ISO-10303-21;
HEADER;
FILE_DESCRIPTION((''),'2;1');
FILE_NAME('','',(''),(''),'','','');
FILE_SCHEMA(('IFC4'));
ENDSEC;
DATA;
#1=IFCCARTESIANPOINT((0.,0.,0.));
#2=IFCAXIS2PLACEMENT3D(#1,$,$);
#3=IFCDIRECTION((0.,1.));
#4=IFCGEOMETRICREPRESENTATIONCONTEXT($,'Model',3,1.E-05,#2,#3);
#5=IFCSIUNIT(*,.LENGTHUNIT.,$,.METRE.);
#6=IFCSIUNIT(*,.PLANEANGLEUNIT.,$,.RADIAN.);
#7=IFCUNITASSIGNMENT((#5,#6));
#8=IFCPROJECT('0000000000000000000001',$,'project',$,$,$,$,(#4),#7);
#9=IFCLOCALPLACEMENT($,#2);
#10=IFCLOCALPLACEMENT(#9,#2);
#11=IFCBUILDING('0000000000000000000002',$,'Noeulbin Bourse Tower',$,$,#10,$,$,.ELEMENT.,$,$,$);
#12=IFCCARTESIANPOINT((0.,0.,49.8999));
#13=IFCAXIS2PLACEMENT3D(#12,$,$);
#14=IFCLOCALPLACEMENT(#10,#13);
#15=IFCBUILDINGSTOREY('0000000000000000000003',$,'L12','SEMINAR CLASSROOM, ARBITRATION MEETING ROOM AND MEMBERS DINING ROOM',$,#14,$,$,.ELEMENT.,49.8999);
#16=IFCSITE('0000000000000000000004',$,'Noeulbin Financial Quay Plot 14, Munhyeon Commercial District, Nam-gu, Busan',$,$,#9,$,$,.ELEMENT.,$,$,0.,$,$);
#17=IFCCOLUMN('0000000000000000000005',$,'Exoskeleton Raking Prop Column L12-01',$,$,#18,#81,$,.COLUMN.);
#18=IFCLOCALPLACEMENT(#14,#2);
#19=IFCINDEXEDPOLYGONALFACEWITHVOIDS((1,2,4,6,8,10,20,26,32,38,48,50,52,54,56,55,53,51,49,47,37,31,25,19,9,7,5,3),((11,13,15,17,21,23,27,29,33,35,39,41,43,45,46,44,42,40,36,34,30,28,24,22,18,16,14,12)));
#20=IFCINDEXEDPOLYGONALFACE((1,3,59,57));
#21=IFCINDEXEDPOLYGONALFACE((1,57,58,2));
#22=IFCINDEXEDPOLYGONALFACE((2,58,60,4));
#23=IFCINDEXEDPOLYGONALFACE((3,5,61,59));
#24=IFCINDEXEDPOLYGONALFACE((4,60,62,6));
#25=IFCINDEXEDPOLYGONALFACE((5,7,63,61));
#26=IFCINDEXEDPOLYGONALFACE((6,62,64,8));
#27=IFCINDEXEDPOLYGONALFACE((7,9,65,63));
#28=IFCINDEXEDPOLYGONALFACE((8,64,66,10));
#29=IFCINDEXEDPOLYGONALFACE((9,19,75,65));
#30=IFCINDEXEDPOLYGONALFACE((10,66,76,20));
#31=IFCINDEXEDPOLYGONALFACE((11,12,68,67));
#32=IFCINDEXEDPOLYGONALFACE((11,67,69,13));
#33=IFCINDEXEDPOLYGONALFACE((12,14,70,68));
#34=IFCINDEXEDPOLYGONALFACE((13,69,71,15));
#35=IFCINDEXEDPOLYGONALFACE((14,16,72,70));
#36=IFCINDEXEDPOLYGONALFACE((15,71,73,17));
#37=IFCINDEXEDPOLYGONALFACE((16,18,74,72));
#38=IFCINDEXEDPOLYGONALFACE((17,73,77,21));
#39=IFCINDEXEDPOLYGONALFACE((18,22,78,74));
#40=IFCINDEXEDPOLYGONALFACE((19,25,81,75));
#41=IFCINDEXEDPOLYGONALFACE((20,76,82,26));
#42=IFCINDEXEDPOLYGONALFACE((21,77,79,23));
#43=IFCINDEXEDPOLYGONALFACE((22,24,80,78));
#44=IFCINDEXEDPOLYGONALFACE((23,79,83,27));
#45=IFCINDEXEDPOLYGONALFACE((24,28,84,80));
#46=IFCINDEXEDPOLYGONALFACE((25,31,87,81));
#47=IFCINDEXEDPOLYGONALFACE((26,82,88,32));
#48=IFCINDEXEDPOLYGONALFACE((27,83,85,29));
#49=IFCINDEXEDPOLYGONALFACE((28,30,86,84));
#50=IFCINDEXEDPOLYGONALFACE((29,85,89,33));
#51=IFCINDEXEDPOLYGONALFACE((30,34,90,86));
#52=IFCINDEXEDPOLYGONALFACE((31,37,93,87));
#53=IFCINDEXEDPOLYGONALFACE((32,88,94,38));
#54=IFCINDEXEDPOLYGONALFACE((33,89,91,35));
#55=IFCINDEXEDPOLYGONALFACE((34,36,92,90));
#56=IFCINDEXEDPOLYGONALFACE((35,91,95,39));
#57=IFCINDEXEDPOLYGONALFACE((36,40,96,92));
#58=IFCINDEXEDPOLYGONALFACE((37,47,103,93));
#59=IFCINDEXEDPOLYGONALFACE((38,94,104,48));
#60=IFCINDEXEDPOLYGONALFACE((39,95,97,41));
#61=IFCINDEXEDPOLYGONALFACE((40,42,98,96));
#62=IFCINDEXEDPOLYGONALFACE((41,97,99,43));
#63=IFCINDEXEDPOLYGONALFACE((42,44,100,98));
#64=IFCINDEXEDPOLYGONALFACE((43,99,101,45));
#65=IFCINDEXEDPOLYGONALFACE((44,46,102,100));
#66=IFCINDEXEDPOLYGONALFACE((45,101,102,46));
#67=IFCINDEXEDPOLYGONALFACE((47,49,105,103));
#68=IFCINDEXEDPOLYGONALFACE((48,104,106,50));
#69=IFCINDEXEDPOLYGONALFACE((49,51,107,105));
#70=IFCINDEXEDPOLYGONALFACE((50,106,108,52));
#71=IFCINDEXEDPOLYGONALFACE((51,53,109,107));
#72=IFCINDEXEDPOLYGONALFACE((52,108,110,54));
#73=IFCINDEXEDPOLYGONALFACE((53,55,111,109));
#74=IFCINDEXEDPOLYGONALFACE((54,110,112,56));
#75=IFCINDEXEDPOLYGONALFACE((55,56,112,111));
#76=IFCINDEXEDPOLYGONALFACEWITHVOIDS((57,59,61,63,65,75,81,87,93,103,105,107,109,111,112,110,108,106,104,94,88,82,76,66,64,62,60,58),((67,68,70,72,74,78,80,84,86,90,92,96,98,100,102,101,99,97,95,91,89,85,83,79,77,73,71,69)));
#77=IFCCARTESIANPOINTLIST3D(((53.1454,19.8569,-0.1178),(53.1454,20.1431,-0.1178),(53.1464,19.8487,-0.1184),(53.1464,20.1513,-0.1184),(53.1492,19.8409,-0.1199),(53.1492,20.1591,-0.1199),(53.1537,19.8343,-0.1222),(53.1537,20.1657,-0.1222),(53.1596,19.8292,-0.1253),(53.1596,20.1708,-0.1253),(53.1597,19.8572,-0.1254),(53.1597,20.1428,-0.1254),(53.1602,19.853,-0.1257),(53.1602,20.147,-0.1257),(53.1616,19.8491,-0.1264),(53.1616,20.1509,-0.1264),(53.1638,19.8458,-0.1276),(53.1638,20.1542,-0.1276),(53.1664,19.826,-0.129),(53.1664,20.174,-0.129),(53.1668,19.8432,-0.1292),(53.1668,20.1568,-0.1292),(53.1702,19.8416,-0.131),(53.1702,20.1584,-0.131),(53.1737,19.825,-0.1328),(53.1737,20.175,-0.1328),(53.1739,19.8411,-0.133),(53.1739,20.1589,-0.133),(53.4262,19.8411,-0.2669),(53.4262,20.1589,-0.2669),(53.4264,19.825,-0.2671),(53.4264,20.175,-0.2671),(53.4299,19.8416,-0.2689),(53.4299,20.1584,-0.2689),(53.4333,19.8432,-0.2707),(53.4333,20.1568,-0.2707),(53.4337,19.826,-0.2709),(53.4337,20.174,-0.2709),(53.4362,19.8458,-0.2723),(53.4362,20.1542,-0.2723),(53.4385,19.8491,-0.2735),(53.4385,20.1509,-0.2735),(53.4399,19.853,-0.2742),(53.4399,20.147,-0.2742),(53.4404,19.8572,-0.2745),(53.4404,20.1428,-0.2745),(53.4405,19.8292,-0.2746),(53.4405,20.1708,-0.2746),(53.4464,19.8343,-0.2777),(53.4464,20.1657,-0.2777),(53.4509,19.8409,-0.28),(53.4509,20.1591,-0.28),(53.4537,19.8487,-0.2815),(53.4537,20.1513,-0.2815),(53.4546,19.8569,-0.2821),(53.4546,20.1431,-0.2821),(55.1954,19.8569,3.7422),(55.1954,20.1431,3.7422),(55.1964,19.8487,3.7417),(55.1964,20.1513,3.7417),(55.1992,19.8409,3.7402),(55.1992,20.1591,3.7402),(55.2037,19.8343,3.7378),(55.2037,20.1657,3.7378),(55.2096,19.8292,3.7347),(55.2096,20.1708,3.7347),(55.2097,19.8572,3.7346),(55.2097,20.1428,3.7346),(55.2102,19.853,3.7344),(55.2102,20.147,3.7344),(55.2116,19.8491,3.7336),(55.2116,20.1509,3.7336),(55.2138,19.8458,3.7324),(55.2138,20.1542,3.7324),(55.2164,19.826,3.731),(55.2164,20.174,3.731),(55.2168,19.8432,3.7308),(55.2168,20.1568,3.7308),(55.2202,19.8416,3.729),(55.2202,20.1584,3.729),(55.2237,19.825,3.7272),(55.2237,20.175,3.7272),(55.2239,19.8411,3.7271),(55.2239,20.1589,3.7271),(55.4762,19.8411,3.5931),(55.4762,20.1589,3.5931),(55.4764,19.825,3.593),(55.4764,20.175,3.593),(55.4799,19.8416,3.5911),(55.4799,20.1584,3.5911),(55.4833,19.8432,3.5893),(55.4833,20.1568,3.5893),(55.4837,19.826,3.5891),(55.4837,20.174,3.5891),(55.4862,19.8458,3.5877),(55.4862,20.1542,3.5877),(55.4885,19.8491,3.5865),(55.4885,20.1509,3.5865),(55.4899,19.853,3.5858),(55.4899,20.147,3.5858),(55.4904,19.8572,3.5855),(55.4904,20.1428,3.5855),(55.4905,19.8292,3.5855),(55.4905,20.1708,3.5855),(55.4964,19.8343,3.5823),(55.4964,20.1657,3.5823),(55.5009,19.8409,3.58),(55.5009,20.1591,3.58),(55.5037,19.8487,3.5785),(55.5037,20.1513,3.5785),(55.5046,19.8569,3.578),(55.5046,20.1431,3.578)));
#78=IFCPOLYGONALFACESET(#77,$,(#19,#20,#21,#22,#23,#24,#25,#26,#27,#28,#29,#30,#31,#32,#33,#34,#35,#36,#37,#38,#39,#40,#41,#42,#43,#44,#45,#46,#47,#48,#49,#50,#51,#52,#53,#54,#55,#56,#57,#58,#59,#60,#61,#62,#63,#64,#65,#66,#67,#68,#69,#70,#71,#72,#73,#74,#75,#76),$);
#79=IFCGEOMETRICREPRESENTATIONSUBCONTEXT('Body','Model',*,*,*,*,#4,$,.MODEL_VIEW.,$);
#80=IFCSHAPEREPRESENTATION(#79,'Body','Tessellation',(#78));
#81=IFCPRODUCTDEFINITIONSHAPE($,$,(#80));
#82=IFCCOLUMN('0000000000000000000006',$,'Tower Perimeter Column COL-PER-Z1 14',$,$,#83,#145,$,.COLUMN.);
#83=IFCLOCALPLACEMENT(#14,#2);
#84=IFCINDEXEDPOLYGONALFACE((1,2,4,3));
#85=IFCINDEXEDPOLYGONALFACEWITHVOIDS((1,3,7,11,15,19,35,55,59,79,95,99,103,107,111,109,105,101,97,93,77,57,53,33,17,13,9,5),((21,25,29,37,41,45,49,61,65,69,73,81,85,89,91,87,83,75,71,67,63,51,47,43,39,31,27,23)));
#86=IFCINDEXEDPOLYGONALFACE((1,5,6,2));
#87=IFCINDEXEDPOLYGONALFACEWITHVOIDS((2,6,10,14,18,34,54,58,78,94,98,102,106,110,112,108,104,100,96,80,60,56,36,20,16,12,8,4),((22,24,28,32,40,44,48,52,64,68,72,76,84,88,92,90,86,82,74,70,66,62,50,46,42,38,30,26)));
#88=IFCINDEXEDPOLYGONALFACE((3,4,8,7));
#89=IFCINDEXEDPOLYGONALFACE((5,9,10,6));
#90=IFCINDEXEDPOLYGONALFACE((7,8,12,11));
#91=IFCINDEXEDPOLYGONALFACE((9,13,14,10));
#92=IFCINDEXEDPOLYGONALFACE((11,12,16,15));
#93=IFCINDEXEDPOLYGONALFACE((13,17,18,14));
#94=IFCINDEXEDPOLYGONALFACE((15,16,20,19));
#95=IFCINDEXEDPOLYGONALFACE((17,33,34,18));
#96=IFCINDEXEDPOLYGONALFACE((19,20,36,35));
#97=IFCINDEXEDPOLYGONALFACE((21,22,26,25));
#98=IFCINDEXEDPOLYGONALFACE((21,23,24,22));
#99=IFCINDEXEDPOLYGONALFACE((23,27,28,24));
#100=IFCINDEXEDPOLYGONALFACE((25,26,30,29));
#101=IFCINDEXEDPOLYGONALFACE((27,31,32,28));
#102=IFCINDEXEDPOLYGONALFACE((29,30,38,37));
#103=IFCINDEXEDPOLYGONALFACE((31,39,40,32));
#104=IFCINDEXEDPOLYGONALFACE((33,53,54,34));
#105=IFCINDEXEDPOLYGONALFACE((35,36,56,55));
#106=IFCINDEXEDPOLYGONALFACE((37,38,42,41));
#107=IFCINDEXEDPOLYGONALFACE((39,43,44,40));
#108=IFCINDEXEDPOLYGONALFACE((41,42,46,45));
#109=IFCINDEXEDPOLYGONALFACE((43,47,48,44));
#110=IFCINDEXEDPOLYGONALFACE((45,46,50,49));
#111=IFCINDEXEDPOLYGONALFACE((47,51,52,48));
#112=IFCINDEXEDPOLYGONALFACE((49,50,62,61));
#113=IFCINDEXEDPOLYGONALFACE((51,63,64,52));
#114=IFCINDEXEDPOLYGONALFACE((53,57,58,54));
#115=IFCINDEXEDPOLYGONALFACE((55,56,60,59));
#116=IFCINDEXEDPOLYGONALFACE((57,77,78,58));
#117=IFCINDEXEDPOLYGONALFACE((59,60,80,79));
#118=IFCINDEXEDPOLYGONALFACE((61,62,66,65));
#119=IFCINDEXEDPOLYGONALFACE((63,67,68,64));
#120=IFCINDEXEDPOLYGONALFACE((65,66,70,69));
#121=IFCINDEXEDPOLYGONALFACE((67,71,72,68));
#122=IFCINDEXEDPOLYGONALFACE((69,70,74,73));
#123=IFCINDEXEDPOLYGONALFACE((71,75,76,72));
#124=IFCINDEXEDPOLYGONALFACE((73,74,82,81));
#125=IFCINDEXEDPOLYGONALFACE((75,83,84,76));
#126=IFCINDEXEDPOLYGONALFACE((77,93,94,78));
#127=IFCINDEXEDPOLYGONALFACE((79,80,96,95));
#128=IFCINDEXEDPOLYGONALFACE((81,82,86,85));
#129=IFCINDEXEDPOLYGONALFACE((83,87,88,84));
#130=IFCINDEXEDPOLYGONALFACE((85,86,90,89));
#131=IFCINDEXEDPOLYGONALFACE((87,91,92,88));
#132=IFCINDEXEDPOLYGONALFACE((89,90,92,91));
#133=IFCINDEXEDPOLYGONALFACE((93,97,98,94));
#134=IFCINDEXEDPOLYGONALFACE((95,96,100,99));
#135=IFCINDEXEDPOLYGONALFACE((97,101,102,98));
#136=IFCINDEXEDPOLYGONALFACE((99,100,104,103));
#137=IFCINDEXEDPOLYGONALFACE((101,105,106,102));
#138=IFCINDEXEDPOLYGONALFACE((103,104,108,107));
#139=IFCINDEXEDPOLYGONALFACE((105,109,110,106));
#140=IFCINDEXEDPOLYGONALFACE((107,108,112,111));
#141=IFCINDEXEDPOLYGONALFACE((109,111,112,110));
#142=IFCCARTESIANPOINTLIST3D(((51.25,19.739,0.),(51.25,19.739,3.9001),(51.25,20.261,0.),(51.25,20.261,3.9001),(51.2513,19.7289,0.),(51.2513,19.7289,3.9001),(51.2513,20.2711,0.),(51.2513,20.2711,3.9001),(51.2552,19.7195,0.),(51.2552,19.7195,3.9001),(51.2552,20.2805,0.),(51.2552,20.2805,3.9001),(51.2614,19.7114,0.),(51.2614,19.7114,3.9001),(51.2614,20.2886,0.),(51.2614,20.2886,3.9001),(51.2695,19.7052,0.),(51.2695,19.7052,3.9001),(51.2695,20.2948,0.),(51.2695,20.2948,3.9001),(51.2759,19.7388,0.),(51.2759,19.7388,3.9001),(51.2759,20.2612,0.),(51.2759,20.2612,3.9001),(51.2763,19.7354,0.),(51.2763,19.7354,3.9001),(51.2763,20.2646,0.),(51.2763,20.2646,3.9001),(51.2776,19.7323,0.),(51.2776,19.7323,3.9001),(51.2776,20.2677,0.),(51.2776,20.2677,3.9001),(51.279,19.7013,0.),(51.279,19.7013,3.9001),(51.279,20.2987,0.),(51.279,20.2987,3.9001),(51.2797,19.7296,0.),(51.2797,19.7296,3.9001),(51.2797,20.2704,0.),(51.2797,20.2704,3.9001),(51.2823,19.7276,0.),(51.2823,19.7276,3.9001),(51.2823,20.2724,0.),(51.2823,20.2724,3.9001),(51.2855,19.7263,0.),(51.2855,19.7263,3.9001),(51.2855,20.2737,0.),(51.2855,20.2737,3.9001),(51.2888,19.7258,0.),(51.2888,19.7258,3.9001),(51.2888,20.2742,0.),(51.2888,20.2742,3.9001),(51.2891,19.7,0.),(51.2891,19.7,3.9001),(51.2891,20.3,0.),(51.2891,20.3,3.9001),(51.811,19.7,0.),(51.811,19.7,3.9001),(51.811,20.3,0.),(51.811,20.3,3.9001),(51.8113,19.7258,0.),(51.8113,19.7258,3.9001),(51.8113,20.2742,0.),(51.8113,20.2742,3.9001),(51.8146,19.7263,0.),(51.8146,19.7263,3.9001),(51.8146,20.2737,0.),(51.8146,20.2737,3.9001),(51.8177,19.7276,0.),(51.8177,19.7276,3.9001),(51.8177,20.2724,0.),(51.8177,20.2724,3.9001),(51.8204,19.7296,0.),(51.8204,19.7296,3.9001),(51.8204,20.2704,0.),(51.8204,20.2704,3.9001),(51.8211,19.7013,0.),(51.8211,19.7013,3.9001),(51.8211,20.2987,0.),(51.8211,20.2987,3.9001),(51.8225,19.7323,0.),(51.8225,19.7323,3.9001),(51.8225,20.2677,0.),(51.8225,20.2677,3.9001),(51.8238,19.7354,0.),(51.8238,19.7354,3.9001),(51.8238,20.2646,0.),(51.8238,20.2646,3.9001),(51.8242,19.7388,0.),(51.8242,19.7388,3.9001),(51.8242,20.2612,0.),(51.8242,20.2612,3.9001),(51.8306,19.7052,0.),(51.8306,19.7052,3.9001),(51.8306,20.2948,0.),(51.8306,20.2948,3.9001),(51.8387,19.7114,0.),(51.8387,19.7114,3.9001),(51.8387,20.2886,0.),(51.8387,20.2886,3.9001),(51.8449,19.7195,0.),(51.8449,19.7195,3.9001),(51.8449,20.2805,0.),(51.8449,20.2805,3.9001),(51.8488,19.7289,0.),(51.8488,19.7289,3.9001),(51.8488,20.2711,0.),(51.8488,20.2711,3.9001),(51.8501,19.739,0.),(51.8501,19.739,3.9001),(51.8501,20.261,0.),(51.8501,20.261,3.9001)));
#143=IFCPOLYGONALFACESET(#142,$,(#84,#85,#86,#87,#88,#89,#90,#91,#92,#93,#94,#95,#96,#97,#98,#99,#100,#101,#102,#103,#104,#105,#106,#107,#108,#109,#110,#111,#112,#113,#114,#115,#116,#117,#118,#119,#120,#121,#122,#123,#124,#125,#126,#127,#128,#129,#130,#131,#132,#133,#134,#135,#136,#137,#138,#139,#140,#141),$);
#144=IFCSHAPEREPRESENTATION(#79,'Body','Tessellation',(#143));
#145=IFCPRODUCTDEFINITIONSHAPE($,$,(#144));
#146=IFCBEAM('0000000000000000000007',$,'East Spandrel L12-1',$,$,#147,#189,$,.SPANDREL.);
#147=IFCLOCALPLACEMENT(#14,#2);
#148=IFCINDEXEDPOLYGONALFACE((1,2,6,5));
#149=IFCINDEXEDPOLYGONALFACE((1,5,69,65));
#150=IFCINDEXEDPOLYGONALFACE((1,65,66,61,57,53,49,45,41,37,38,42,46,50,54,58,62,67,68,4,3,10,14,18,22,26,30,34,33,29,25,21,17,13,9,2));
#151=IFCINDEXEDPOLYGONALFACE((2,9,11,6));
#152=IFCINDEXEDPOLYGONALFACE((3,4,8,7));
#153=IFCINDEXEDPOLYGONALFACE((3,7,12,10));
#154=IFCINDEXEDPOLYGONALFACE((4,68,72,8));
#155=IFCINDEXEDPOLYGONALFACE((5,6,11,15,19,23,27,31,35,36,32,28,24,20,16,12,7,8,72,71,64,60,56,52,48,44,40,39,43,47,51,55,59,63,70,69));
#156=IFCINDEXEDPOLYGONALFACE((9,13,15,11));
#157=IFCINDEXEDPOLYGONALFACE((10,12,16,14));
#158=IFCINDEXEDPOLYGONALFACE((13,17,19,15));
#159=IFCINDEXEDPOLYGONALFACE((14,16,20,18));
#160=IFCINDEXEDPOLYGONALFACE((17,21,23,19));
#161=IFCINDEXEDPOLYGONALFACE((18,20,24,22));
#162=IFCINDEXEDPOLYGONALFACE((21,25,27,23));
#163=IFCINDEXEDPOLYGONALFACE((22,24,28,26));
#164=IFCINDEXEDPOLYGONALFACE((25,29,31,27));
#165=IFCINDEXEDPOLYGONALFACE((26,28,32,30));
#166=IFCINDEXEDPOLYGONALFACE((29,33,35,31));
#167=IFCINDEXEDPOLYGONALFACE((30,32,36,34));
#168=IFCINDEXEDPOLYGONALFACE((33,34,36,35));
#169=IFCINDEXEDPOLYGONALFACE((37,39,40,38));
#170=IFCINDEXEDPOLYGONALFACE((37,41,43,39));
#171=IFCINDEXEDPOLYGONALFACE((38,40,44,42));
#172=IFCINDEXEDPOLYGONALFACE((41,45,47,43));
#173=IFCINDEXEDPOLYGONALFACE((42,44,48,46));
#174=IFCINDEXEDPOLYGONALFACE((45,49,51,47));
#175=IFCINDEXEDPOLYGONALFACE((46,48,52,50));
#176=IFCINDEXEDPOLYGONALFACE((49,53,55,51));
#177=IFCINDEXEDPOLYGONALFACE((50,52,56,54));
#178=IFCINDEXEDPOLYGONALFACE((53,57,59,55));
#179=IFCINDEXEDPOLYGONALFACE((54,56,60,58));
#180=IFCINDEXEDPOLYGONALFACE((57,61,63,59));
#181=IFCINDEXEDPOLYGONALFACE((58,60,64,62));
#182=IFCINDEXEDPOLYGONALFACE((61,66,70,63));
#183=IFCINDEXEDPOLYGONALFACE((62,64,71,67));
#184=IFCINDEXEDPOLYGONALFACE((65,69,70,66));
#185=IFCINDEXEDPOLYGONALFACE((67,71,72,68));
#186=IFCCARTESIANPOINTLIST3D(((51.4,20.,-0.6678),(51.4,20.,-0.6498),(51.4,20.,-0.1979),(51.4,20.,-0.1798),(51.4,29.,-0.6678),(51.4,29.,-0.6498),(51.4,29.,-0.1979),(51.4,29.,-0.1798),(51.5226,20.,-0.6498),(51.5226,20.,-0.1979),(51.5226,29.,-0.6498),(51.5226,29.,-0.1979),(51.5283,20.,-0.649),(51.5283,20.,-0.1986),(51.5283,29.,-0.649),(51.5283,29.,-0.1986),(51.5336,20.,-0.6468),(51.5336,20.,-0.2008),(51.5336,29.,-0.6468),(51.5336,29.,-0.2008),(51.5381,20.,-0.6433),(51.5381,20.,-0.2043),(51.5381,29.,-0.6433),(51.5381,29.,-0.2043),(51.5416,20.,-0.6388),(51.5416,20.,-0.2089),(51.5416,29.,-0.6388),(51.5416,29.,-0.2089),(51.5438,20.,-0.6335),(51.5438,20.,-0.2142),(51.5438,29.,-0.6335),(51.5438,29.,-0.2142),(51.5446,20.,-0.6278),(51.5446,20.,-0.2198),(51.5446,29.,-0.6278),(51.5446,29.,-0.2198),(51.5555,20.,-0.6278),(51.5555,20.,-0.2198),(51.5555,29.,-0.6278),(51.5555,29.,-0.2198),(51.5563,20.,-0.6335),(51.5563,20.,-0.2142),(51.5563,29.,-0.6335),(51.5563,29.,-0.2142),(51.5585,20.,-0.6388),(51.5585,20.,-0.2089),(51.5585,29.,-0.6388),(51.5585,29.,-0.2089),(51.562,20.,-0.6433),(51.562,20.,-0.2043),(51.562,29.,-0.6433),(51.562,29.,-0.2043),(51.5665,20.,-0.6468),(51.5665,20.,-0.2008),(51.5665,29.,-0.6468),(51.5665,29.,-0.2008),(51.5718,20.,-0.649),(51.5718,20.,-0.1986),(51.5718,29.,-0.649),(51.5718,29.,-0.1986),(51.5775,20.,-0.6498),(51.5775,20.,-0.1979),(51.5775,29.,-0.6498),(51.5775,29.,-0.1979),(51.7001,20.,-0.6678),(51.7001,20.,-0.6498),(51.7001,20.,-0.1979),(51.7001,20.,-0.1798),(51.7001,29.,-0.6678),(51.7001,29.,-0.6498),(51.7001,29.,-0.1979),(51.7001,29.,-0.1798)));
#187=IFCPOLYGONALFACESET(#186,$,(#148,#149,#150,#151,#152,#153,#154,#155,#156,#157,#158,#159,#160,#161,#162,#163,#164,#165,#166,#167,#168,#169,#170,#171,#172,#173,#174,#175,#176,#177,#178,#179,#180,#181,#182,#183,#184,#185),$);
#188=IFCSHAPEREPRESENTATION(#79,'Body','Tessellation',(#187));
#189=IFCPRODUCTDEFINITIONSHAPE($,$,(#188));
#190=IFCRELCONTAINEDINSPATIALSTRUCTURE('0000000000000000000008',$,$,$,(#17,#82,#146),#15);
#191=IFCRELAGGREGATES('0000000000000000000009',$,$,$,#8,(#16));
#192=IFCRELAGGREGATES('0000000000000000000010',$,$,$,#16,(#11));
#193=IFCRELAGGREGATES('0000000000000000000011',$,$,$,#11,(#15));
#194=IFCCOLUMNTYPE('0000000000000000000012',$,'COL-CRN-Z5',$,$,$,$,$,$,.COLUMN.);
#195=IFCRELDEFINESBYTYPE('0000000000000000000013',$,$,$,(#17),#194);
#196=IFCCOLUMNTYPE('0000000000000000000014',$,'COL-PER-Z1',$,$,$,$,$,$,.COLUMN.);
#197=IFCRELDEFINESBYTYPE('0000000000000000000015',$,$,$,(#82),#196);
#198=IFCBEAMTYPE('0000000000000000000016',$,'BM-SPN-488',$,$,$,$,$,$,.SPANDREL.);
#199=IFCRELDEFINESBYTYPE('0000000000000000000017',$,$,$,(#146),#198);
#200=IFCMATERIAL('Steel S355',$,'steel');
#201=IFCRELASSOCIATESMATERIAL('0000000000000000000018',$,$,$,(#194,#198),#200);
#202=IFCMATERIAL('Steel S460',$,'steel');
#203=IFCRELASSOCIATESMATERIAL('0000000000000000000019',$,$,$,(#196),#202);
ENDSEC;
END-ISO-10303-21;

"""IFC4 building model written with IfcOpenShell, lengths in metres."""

from ifc_helpers import new_model, si_unit, direction, frame, origin, origin_2d, place, context, subcontext, project, spatial, hollow_rectangle, i_section, extrude, material, material_profile, profile_set, type_object, element, save


model = new_model("IFC4")

# Units and contexts
model_context = context("Model", 3, precision=1e-05, world=origin(), true_north=direction((0.0, 1.0)))
body_context = subcontext(model_context, "Body", "Model", "MODEL_VIEW")
ifc_project = project(units=[si_unit("LENGTHUNIT", "METRE"), si_unit("PLANEANGLEUNIT", "RADIAN")], contexts=[model_context])

# Site, building, storey
site_placement = place(None, origin())
site = spatial("IfcSite", under=ifc_project, at=site_placement, Name="Noeulbin Financial Quay Plot 14, Munhyeon Commercial District, Nam-gu, Busan", CompositionType="ELEMENT", RefElevation=0.0)
building_placement = place(site_placement, origin())
building = spatial("IfcBuilding", under=site, at=building_placement, Name="Noeulbin Bourse Tower", CompositionType="ELEMENT")
storey_placement = place(building_placement, frame((0.0, 0.0, 49.8999)))
storey = spatial("IfcBuildingStorey", under=building, at=storey_placement, Name="L12", Description="SEMINAR CLASSROOM, ARBITRATION MEETING ROOM AND MEMBERS DINING ROOM", CompositionType="ELEMENT", Elevation=49.8999)

# Columns
ifc_material_1 = material(Name="Steel S355", Category="steel")
ifc_material_profile_1 = material_profile(ifc_material_1, hollow_rectangle(XDim=0.3501, YDim=0.3501, WallThickness=0.0161, InnerFilletRadius=0.0161, OuterFilletRadius=0.032, at=origin_2d()), Name="SHS-350x350x16", Category="LoadBearing")
ifc_profile_set_1 = profile_set([ifc_material_profile_1], Name="Steel S355")
column_type_1 = type_object("IfcColumnType", Name="COL-CRN-Z5", PredefinedType="COLUMN", material=ifc_profile_set_1)
column_1_placement = place(storey_placement, frame((53.3, 20.0, -0.2), z_axis=(0.469042, 0.0, 0.883176), x_axis=(0.0, 1.0, 0.0)))
element("IfcColumn", 1, at=column_1_placement, inside=storey, type_object=column_type_1, Name="Exoskeleton Raking Prop Column L12-01", PredefinedType="COLUMN", context=body_context, shape_type="SweptSolid", body=[
    extrude(hollow_rectangle(XDim=0.3501, YDim=0.3501, WallThickness=0.0161, InnerFilletRadius=0.0161, OuterFilletRadius=0.032, at=origin_2d()), origin(), (0.0, 0.0, 1.0), 4.3706),
])
ifc_material_2 = material(Name="Steel S460", Category="steel")
ifc_material_profile_2 = material_profile(ifc_material_2, hollow_rectangle(XDim=0.6001, YDim=0.6001, WallThickness=0.0259, InnerFilletRadius=0.0129, OuterFilletRadius=0.0391, at=origin_2d()), Name="BOX-600x600x26", Category="LoadBearing")
ifc_profile_set_2 = profile_set([ifc_material_profile_2], Name="Steel S460")
column_type_2 = type_object("IfcColumnType", Name="COL-PER-Z1", PredefinedType="COLUMN", material=ifc_profile_set_2)
column_2_placement = place(storey_placement, frame((51.55, 20.0, 0.0), z_axis=(0.0, 0.0, 1.0), x_axis=(1.0, 0.0, 0.0)))
element("IfcColumn", 2, at=column_2_placement, inside=storey, type_object=column_type_2, Name="Tower Perimeter Column COL-PER-Z1 14", PredefinedType="COLUMN", context=body_context, shape_type="SweptSolid", body=[
    extrude(hollow_rectangle(XDim=0.6001, YDim=0.6001, WallThickness=0.0259, InnerFilletRadius=0.0129, OuterFilletRadius=0.0391, at=origin_2d()), origin(), (0.0, 0.0, 1.0), 3.9001),
])

# Beam
ifc_material_profile_3 = material_profile(ifc_material_1, i_section(OverallWidth=0.3, OverallDepth=0.488, WebThickness=0.011, FlangeThickness=0.0181, FilletRadius=0.022, at=origin_2d()), Name="H-488x300x11x18", Category="LoadBearing")
ifc_profile_set_3 = profile_set([ifc_material_profile_3], Name="Steel S355")
beam_type_1 = type_object("IfcBeamType", Name="BM-SPN-488", PredefinedType="SPANDREL", material=ifc_profile_set_3)
beam_1_placement = place(storey_placement, frame((51.55, 20.0, -0.4238), z_axis=(0.0, 1.0, 0.0), x_axis=(-1.0, 0.0, 0.0)))
element("IfcBeam", 3, at=beam_1_placement, inside=storey, type_object=beam_type_1, Name="East Spandrel L12-1", PredefinedType="SPANDREL", context=body_context, shape_type="SweptSolid", body=[
    extrude(i_section(OverallWidth=0.3, OverallDepth=0.488, WebThickness=0.011, FlangeThickness=0.0181, FilletRadius=0.022, at=origin_2d()), origin(), (0.0, 0.0, 1.0), 9.0),
])

save(model, "model.ifc")
